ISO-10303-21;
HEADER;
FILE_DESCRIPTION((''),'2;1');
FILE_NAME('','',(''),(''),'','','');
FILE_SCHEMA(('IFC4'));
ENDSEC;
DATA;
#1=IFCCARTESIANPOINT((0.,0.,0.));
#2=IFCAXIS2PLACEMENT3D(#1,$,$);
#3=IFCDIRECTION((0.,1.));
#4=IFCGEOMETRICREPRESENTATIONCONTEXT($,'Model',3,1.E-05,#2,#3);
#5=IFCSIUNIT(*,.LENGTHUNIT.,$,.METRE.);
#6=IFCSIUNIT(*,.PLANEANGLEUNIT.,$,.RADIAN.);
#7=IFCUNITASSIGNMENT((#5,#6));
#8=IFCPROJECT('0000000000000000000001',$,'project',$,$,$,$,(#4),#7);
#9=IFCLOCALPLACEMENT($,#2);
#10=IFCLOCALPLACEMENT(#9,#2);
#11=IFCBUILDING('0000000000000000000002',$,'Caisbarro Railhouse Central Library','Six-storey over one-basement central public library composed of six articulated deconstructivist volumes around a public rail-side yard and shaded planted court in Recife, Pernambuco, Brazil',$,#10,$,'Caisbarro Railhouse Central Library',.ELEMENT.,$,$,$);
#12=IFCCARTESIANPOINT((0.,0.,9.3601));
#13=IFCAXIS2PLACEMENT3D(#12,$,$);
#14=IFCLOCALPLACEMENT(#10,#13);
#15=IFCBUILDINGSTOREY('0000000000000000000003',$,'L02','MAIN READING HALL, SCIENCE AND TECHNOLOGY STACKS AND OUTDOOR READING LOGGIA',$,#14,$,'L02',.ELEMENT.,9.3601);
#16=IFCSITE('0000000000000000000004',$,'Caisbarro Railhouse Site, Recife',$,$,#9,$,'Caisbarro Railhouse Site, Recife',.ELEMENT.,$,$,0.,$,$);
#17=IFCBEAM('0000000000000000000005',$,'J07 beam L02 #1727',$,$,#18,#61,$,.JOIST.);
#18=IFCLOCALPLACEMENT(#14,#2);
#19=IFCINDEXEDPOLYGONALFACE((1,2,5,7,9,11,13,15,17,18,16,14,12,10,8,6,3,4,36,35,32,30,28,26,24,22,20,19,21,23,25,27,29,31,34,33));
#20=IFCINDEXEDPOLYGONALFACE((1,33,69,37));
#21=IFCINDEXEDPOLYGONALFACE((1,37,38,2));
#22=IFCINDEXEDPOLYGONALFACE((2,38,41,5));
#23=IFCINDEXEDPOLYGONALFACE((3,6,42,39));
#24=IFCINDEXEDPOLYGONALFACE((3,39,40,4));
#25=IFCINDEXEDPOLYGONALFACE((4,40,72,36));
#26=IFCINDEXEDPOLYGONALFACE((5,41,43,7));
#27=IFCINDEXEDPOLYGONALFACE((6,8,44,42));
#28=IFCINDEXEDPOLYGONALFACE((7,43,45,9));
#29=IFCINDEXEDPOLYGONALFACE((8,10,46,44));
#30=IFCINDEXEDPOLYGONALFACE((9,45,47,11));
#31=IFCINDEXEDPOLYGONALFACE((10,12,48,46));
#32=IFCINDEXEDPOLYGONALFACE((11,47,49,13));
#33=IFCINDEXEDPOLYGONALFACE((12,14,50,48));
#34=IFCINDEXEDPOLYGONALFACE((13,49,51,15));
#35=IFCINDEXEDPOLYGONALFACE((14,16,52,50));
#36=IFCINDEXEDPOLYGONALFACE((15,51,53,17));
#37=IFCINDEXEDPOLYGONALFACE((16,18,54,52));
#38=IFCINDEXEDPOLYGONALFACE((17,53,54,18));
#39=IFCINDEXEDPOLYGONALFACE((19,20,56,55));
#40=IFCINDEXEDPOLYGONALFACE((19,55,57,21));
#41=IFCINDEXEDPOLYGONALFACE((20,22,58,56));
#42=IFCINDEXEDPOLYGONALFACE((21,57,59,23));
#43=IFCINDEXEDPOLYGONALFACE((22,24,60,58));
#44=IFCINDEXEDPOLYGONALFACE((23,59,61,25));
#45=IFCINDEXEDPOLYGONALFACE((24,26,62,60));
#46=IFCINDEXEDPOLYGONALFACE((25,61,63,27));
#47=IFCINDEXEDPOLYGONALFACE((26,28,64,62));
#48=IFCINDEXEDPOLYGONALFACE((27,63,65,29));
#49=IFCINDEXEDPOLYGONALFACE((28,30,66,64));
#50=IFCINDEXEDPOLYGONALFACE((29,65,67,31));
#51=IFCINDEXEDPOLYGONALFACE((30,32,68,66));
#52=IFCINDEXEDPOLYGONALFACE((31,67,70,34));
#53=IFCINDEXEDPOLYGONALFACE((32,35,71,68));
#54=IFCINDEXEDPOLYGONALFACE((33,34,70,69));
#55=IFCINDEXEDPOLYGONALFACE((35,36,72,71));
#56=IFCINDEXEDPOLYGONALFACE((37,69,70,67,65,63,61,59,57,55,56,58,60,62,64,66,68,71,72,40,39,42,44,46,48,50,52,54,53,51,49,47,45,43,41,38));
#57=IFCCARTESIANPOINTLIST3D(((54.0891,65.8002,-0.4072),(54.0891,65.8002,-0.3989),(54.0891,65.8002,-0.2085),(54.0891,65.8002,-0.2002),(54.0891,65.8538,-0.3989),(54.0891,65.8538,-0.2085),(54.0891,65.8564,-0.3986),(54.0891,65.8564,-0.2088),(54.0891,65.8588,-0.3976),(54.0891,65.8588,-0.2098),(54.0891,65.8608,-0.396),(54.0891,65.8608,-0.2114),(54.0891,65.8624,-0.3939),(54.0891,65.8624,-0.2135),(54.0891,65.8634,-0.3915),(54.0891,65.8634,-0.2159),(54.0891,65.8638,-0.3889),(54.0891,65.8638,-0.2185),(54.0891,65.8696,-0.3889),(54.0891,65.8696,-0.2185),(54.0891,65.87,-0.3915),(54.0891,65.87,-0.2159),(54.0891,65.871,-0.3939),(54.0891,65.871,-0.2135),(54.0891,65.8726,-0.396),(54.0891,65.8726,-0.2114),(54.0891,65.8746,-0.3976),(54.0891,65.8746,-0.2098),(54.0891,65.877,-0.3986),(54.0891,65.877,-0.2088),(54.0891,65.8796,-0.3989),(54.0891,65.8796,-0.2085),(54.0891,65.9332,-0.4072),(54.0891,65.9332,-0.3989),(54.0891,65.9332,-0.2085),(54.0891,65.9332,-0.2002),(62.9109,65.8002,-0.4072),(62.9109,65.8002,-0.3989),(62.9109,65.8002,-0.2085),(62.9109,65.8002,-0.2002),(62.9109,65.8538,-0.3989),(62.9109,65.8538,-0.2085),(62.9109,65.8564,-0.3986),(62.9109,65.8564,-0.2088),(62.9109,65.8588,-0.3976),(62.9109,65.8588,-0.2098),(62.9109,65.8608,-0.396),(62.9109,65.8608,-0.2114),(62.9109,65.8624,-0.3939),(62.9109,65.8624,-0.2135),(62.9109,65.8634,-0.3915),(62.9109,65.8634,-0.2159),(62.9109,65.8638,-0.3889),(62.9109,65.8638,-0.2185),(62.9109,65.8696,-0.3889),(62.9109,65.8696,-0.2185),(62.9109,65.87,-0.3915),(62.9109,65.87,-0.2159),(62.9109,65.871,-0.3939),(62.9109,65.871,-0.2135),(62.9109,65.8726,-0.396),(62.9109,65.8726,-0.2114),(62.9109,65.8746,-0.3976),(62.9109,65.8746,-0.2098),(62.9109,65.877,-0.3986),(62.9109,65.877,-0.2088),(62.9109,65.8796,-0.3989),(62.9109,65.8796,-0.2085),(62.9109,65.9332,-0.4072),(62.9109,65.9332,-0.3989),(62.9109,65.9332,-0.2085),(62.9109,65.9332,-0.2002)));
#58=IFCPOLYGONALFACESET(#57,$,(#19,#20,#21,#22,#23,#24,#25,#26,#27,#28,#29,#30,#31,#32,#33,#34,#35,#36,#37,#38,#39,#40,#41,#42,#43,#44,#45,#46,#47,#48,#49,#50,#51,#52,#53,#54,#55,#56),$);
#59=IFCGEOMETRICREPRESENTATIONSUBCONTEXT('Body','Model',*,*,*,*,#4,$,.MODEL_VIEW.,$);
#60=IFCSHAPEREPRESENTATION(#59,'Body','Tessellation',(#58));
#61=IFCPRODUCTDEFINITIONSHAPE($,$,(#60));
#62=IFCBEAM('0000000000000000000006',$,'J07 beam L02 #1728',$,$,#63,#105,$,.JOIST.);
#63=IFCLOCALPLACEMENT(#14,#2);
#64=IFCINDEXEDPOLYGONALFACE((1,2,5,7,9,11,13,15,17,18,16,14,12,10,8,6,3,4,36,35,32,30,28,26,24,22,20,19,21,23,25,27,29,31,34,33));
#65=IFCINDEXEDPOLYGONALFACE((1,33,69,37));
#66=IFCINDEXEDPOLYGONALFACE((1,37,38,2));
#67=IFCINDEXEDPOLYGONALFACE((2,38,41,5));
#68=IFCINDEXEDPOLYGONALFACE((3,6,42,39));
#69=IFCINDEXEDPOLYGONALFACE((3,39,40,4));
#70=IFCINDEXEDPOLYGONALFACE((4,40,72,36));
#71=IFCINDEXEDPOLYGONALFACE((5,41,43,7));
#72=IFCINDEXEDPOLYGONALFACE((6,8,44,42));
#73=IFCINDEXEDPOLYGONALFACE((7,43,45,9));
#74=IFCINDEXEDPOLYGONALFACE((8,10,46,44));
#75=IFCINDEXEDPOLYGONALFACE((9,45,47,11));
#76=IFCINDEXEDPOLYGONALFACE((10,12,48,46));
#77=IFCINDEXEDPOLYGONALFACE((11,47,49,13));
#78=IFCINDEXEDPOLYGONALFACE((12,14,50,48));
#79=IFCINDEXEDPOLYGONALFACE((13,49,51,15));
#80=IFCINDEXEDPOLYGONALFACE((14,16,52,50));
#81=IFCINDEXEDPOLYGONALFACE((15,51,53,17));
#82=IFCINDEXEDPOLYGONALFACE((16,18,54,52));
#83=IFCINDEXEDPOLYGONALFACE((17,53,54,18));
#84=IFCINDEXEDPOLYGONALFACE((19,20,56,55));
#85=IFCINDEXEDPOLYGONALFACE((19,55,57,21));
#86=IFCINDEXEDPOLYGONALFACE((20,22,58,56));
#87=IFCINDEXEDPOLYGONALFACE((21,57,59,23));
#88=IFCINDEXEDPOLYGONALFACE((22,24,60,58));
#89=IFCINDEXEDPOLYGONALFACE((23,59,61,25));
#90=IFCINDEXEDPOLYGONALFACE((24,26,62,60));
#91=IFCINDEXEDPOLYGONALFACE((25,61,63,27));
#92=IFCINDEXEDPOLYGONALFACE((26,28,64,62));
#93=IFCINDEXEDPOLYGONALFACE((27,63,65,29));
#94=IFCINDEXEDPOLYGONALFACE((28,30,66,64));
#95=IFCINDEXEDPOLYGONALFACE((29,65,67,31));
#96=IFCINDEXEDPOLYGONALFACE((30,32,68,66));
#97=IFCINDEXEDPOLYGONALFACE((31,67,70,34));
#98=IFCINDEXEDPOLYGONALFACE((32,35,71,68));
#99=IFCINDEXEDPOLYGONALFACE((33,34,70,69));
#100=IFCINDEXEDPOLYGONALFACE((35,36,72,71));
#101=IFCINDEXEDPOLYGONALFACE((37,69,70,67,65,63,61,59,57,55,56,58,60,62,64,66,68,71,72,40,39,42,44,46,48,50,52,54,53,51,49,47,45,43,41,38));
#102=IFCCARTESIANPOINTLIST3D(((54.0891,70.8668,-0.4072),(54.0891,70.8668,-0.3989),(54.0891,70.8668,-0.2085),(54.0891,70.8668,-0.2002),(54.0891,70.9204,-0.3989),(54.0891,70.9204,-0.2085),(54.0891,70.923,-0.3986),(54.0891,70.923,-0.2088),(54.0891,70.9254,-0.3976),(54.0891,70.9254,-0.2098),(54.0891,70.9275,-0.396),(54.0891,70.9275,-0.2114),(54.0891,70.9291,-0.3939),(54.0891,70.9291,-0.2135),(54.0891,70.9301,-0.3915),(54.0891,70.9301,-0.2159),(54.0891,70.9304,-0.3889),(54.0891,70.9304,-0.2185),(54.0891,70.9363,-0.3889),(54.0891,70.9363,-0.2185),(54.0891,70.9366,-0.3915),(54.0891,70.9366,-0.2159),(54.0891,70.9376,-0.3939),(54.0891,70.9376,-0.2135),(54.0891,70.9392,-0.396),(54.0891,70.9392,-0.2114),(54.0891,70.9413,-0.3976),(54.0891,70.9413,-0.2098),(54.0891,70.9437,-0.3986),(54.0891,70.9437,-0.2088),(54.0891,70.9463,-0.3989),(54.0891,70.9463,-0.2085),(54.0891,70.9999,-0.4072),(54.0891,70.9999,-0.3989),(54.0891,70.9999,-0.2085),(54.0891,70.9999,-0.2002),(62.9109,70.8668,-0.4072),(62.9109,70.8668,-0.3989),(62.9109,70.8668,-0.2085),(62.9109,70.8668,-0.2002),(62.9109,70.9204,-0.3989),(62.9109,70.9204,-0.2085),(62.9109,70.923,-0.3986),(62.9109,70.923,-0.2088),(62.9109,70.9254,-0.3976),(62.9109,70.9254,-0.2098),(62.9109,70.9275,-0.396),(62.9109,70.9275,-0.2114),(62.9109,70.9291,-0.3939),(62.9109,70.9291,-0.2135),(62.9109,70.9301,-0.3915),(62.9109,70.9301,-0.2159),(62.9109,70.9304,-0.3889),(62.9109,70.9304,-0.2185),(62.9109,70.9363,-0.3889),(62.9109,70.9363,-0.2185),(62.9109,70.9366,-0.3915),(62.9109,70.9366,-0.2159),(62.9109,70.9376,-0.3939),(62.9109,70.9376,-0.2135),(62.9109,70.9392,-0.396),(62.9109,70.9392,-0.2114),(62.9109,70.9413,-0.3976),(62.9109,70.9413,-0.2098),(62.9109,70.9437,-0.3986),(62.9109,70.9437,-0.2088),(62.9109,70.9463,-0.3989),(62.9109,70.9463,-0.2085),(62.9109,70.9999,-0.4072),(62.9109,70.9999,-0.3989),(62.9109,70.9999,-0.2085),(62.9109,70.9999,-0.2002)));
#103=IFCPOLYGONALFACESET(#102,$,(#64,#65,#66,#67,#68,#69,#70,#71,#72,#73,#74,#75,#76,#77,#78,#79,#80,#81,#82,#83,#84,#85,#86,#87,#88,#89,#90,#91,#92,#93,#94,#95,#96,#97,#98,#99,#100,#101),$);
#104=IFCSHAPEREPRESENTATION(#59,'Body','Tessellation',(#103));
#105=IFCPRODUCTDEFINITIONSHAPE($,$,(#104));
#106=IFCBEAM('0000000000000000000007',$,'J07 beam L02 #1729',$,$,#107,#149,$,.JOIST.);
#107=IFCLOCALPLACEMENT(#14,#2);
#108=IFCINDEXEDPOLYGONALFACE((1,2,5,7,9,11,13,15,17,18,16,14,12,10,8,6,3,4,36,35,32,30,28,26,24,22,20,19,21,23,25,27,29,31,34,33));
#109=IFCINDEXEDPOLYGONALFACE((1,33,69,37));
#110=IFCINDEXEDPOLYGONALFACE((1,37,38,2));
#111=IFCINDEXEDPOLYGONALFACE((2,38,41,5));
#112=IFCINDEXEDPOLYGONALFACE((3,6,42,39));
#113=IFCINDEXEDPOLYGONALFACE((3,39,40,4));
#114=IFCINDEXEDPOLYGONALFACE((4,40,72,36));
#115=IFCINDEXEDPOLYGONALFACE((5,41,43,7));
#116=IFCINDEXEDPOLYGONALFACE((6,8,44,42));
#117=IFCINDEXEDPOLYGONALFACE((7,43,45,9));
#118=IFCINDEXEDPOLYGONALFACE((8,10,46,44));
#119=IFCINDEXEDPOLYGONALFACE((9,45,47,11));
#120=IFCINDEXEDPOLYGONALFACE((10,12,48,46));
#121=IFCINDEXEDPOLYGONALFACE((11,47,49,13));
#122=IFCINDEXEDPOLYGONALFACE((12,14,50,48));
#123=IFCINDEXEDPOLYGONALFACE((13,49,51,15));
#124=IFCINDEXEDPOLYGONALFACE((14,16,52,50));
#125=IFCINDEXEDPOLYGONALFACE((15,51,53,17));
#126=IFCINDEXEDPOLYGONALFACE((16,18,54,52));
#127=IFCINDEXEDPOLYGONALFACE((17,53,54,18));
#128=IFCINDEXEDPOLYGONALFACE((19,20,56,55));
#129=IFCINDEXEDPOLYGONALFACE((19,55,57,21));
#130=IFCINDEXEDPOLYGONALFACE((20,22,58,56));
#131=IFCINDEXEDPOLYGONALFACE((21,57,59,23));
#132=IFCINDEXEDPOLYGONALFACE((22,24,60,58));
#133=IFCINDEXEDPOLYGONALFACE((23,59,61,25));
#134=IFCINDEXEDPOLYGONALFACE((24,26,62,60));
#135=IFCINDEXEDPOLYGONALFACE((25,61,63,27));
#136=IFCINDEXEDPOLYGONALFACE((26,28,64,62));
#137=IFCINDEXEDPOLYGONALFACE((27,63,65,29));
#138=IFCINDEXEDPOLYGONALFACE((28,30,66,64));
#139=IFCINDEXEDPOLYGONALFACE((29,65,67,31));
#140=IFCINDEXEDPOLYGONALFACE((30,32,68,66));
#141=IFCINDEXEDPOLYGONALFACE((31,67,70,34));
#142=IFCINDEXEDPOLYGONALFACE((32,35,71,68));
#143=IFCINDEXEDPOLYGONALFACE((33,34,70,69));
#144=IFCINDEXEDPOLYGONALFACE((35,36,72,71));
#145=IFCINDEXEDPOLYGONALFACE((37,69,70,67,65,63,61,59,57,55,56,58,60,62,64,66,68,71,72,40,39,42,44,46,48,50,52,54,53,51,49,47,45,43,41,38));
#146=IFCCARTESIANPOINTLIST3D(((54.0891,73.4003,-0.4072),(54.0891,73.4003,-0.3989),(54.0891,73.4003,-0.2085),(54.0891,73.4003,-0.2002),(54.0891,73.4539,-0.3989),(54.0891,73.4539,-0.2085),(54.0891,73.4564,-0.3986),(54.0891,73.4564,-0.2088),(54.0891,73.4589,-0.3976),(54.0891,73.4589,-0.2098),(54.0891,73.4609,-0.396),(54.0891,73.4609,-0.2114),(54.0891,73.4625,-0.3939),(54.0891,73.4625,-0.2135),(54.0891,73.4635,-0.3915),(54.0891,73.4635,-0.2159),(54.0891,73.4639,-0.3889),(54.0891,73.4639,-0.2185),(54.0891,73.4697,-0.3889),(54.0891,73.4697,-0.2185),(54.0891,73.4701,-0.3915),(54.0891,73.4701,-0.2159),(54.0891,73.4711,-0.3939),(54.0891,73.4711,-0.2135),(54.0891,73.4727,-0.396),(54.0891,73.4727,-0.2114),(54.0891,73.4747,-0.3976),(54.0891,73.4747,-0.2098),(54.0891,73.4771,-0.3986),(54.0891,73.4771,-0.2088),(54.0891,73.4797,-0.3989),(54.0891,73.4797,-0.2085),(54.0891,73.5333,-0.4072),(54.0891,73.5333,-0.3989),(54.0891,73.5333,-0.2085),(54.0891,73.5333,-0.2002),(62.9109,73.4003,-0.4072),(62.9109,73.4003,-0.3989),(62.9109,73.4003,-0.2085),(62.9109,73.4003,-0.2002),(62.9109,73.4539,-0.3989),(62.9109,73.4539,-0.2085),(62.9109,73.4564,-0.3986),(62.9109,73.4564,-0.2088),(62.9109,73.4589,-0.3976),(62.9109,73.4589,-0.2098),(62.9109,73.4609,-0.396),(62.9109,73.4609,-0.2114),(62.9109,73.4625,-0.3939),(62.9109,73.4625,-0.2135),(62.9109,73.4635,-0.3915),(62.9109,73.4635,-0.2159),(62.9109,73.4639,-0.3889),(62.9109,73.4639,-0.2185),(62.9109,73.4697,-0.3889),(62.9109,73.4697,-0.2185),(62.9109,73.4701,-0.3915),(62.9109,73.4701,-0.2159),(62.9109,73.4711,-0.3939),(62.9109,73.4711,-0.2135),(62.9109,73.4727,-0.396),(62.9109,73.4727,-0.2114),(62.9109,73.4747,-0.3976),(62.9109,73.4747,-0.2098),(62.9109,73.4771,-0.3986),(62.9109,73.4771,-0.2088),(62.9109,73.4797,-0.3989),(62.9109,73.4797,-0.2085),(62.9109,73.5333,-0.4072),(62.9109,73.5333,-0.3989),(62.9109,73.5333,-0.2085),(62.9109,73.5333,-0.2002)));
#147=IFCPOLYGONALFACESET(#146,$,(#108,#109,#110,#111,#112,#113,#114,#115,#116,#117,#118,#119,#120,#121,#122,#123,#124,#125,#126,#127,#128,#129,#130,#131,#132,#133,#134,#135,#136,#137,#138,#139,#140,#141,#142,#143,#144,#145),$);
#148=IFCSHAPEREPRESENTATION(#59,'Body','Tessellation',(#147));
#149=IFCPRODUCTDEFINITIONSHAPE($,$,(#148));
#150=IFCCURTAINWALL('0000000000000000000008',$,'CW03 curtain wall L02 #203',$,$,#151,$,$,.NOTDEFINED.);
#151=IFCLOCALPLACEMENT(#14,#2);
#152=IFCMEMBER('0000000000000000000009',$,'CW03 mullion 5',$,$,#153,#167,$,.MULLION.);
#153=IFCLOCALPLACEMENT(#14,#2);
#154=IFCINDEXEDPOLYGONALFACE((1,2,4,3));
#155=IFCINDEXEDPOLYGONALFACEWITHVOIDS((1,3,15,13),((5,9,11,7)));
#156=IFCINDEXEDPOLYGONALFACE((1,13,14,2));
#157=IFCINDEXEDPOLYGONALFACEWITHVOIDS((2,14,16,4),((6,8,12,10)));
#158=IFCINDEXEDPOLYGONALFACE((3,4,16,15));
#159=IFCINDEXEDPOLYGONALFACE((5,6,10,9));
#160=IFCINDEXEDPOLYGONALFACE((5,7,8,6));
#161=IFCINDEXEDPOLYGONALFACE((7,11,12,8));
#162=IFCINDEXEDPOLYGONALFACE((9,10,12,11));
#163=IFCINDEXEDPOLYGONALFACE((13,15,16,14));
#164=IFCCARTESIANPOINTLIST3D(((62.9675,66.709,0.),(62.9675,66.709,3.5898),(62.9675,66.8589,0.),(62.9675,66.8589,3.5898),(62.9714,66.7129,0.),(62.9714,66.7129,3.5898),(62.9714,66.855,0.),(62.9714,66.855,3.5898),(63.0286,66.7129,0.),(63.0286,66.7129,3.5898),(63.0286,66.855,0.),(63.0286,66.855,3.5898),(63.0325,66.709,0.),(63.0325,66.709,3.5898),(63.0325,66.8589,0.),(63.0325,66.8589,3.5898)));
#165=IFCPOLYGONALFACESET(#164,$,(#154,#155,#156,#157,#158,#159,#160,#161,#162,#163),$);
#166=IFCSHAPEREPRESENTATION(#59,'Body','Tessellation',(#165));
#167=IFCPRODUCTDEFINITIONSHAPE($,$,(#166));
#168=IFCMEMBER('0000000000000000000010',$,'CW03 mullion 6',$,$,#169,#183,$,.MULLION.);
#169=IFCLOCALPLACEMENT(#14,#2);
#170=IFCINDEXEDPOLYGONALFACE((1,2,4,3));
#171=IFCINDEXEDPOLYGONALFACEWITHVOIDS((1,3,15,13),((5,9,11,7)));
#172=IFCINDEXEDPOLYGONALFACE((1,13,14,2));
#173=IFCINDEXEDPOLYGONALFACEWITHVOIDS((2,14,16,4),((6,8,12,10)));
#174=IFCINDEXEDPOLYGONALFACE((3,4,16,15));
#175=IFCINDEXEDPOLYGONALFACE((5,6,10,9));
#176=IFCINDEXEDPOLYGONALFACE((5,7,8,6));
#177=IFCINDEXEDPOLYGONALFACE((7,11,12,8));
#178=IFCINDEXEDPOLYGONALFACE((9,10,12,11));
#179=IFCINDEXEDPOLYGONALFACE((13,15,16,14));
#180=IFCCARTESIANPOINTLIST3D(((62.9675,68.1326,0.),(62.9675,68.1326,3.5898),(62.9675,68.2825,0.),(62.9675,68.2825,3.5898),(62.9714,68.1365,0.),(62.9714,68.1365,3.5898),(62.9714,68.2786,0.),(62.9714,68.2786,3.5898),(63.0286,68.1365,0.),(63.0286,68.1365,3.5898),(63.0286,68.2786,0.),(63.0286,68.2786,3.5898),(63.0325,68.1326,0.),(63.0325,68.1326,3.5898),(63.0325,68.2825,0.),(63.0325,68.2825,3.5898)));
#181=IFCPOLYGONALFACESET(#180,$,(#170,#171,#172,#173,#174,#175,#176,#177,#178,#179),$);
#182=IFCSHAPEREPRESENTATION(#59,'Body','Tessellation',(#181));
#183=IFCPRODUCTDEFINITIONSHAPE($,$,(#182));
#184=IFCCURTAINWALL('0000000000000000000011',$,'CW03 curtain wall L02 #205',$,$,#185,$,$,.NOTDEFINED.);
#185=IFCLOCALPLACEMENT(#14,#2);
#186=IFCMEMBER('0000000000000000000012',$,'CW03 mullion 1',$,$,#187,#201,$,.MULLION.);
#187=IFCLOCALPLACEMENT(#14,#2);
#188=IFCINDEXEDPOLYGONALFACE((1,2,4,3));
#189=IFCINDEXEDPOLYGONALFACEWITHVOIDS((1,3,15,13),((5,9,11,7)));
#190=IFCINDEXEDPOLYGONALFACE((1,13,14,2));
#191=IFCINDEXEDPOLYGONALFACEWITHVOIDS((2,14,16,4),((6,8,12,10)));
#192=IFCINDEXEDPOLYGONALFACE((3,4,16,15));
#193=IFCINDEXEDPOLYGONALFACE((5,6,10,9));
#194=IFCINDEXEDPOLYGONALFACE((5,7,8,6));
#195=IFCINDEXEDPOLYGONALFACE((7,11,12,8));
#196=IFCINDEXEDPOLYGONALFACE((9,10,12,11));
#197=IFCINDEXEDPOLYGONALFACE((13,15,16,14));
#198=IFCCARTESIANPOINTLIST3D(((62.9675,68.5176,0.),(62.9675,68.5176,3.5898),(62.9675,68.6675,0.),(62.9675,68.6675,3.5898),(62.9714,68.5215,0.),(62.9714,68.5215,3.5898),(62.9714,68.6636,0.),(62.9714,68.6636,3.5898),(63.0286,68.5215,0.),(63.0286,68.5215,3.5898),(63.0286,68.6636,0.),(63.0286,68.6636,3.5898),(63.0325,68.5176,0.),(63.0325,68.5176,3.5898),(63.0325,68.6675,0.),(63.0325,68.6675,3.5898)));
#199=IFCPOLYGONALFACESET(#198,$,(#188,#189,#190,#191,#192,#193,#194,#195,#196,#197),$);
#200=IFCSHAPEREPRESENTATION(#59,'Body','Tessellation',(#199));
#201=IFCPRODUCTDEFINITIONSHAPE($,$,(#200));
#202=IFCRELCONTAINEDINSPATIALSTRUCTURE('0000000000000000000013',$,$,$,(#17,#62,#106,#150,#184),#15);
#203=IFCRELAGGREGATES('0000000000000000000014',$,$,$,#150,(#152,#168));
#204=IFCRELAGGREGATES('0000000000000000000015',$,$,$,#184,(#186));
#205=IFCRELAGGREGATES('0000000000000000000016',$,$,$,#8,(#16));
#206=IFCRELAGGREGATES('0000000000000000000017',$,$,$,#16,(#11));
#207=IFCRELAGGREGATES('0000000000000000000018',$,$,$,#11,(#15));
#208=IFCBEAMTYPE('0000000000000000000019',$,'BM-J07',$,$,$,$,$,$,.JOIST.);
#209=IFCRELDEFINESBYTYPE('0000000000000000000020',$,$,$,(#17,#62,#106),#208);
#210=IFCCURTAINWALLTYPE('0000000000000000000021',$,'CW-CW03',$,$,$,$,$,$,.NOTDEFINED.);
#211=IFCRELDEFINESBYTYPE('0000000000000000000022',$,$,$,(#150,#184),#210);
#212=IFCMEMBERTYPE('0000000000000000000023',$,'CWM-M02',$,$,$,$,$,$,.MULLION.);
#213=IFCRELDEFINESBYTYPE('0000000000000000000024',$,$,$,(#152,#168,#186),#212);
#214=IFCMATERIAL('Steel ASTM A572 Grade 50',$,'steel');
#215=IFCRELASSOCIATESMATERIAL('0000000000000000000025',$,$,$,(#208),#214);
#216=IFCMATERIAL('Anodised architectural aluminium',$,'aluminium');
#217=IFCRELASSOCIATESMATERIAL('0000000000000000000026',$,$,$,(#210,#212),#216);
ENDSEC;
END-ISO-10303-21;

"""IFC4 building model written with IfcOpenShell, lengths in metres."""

from ifc_helpers import new_model, si_unit, direction, frame, origin, origin_2d, place, context, subcontext, project, spatial, hollow_rectangle, i_section, extrude, material, material_profile, profile_set, type_object, element, aggregate, save


model = new_model("IFC4")

# Units and contexts
model_context = context("Model", 3, precision=1e-05, world=origin(), true_north=direction((0.0, 1.0)))
body_context = subcontext(model_context, "Body", "Model", "MODEL_VIEW")
ifc_project = project(units=[si_unit("LENGTHUNIT", "METRE"), si_unit("PLANEANGLEUNIT", "RADIAN")], contexts=[model_context])

# Site, building, storey
site_placement = place(None, origin())
site = spatial("IfcSite", under=ifc_project, at=site_placement, Name="Caisbarro Railhouse Site, Recife", LongName="Caisbarro Railhouse Site, Recife", CompositionType="ELEMENT", RefElevation=0.0)
building_placement = place(site_placement, origin())
building = spatial("IfcBuilding", under=site, at=building_placement, Name="Caisbarro Railhouse Central Library", Description="Six-storey over one-basement central public library composed of six articulated deconstructivist volumes around a public rail-side yard and shaded planted court in Recife, Pernambuco, Brazil", LongName="Caisbarro Railhouse Central Library", CompositionType="ELEMENT")
storey_placement = place(building_placement, frame((0.0, 0.0, 9.3601)))
storey = spatial("IfcBuildingStorey", under=building, at=storey_placement, Name="L02", Description="MAIN READING HALL, SCIENCE AND TECHNOLOGY STACKS AND OUTDOOR READING LOGGIA", LongName="L02", CompositionType="ELEMENT", Elevation=9.3601)

# Shared definitions
ifc_material_1 = material(Name="Steel ASTM A572 Grade 50", Category="steel")

# Beams
ifc_material_profile_1 = material_profile(ifc_material_1, i_section(OverallWidth=0.1331, OverallDepth=0.207, WebThickness=0.0059, FlangeThickness=0.0083, FilletRadius=0.01, at=origin_2d()), Name="W200X26.6")
ifc_profile_set_1 = profile_set([ifc_material_profile_1], Name="Steel ASTM A572 Grade 50")
beam_type_1 = type_object("IfcBeamType", Name="BM-J07", PredefinedType="JOIST", material=ifc_profile_set_1)
for number, where, z_axis, x_axis, name in (
    (1, (54.0891, 65.8667, -0.3037), (1.0, 0.0, 0.0), (0.0, 1.0, 0.0), "J07 beam L02 #1727"),
    (2, (54.0891, 70.9333, -0.3037), (1.0, 0.0, 0.0), (0.0, 1.0, 0.0), "J07 beam L02 #1728"),
    (3, (54.0891, 73.4668, -0.3037), (1.0, 0.0, 0.0), (0.0, 1.0, 0.0), "J07 beam L02 #1729"),
):
    element("IfcBeam", number, at=place(storey_placement, frame(where, z_axis=z_axis, x_axis=x_axis)), inside=storey, type_object=beam_type_1, Name=name, PredefinedType="JOIST", context=body_context, shape_type="SweptSolid", body=[
        extrude(i_section(OverallWidth=0.1331, OverallDepth=0.207, WebThickness=0.0059, FlangeThickness=0.0083, FilletRadius=0.01, at=origin_2d()), origin(), (0.0, 0.0, 1.0), 8.8218),
    ])

# Curtain wall, members
ifc_material_2 = material(Name="Anodised architectural aluminium", Category="aluminium")
curtain_wall_type = type_object("IfcCurtainWallType", Name="CW-CW03", PredefinedType="NOTDEFINED", material=ifc_material_2)
curtain_wall_1_placement = place(storey_placement, origin())
curtain_wall_1 = element("IfcCurtainWall", 4, at=curtain_wall_1_placement, inside=storey, type_object=curtain_wall_type, Name="CW03 curtain wall L02 #203", PredefinedType="NOTDEFINED")
ifc_material_profile_2 = material_profile(ifc_material_2, hollow_rectangle(XDim=0.0649, YDim=0.1499, WallThickness=0.0039, at=origin_2d()), Name="ALU-MUL-65X150")
ifc_profile_set_2 = profile_set([ifc_material_profile_2], Name="Anodised architectural aluminium")
member_type_1 = type_object("IfcMemberType", Name="CWM-M02", PredefinedType="MULLION", material=ifc_profile_set_2)
member_1_placement = place(storey_placement, frame((63.0, 66.7839, 0.0), z_axis=(0.0, 0.0, 1.0), x_axis=(-1.0, 0.0, 0.0)))
member_1 = element("IfcMember", 5, at=member_1_placement, type_object=member_type_1, Name="CW03 mullion 5", PredefinedType="MULLION", context=body_context, shape_type="SweptSolid", body=[
    extrude(hollow_rectangle(XDim=0.0649, YDim=0.1499, WallThickness=0.0039, at=origin_2d()), origin(), (0.0, 0.0, 1.0), 3.5898),
])
member_2_placement = place(storey_placement, frame((63.0, 68.2075, 0.0), z_axis=(0.0, 0.0, 1.0), x_axis=(-1.0, 0.0, 0.0)))
member_2 = element("IfcMember", 6, at=member_2_placement, type_object=member_type_1, Name="CW03 mullion 6", PredefinedType="MULLION", context=body_context, shape_type="SweptSolid", body=[
    extrude(hollow_rectangle(XDim=0.0649, YDim=0.1499, WallThickness=0.0039, at=origin_2d()), origin(), (0.0, 0.0, 1.0), 3.5898),
])

# Curtain wall, member
curtain_wall_2_placement = place(storey_placement, origin())
curtain_wall_2 = element("IfcCurtainWall", 7, at=curtain_wall_2_placement, inside=storey, type_object=curtain_wall_type, Name="CW03 curtain wall L02 #205", PredefinedType="NOTDEFINED")
member_3_placement = place(storey_placement, frame((63.0, 68.5925, 0.0), z_axis=(0.0, 0.0, 1.0), x_axis=(-1.0, 0.0, 0.0)))
member_3 = element("IfcMember", 8, at=member_3_placement, type_object=member_type_1, Name="CW03 mullion 1", PredefinedType="MULLION", context=body_context, shape_type="SweptSolid", body=[
    extrude(hollow_rectangle(XDim=0.0649, YDim=0.1499, WallThickness=0.0039, at=origin_2d()), origin(), (0.0, 0.0, 1.0), 3.5898),
])

aggregate(curtain_wall_1, [member_1, member_2])
aggregate(curtain_wall_2, [member_3])

save(model, "model.ifc")
